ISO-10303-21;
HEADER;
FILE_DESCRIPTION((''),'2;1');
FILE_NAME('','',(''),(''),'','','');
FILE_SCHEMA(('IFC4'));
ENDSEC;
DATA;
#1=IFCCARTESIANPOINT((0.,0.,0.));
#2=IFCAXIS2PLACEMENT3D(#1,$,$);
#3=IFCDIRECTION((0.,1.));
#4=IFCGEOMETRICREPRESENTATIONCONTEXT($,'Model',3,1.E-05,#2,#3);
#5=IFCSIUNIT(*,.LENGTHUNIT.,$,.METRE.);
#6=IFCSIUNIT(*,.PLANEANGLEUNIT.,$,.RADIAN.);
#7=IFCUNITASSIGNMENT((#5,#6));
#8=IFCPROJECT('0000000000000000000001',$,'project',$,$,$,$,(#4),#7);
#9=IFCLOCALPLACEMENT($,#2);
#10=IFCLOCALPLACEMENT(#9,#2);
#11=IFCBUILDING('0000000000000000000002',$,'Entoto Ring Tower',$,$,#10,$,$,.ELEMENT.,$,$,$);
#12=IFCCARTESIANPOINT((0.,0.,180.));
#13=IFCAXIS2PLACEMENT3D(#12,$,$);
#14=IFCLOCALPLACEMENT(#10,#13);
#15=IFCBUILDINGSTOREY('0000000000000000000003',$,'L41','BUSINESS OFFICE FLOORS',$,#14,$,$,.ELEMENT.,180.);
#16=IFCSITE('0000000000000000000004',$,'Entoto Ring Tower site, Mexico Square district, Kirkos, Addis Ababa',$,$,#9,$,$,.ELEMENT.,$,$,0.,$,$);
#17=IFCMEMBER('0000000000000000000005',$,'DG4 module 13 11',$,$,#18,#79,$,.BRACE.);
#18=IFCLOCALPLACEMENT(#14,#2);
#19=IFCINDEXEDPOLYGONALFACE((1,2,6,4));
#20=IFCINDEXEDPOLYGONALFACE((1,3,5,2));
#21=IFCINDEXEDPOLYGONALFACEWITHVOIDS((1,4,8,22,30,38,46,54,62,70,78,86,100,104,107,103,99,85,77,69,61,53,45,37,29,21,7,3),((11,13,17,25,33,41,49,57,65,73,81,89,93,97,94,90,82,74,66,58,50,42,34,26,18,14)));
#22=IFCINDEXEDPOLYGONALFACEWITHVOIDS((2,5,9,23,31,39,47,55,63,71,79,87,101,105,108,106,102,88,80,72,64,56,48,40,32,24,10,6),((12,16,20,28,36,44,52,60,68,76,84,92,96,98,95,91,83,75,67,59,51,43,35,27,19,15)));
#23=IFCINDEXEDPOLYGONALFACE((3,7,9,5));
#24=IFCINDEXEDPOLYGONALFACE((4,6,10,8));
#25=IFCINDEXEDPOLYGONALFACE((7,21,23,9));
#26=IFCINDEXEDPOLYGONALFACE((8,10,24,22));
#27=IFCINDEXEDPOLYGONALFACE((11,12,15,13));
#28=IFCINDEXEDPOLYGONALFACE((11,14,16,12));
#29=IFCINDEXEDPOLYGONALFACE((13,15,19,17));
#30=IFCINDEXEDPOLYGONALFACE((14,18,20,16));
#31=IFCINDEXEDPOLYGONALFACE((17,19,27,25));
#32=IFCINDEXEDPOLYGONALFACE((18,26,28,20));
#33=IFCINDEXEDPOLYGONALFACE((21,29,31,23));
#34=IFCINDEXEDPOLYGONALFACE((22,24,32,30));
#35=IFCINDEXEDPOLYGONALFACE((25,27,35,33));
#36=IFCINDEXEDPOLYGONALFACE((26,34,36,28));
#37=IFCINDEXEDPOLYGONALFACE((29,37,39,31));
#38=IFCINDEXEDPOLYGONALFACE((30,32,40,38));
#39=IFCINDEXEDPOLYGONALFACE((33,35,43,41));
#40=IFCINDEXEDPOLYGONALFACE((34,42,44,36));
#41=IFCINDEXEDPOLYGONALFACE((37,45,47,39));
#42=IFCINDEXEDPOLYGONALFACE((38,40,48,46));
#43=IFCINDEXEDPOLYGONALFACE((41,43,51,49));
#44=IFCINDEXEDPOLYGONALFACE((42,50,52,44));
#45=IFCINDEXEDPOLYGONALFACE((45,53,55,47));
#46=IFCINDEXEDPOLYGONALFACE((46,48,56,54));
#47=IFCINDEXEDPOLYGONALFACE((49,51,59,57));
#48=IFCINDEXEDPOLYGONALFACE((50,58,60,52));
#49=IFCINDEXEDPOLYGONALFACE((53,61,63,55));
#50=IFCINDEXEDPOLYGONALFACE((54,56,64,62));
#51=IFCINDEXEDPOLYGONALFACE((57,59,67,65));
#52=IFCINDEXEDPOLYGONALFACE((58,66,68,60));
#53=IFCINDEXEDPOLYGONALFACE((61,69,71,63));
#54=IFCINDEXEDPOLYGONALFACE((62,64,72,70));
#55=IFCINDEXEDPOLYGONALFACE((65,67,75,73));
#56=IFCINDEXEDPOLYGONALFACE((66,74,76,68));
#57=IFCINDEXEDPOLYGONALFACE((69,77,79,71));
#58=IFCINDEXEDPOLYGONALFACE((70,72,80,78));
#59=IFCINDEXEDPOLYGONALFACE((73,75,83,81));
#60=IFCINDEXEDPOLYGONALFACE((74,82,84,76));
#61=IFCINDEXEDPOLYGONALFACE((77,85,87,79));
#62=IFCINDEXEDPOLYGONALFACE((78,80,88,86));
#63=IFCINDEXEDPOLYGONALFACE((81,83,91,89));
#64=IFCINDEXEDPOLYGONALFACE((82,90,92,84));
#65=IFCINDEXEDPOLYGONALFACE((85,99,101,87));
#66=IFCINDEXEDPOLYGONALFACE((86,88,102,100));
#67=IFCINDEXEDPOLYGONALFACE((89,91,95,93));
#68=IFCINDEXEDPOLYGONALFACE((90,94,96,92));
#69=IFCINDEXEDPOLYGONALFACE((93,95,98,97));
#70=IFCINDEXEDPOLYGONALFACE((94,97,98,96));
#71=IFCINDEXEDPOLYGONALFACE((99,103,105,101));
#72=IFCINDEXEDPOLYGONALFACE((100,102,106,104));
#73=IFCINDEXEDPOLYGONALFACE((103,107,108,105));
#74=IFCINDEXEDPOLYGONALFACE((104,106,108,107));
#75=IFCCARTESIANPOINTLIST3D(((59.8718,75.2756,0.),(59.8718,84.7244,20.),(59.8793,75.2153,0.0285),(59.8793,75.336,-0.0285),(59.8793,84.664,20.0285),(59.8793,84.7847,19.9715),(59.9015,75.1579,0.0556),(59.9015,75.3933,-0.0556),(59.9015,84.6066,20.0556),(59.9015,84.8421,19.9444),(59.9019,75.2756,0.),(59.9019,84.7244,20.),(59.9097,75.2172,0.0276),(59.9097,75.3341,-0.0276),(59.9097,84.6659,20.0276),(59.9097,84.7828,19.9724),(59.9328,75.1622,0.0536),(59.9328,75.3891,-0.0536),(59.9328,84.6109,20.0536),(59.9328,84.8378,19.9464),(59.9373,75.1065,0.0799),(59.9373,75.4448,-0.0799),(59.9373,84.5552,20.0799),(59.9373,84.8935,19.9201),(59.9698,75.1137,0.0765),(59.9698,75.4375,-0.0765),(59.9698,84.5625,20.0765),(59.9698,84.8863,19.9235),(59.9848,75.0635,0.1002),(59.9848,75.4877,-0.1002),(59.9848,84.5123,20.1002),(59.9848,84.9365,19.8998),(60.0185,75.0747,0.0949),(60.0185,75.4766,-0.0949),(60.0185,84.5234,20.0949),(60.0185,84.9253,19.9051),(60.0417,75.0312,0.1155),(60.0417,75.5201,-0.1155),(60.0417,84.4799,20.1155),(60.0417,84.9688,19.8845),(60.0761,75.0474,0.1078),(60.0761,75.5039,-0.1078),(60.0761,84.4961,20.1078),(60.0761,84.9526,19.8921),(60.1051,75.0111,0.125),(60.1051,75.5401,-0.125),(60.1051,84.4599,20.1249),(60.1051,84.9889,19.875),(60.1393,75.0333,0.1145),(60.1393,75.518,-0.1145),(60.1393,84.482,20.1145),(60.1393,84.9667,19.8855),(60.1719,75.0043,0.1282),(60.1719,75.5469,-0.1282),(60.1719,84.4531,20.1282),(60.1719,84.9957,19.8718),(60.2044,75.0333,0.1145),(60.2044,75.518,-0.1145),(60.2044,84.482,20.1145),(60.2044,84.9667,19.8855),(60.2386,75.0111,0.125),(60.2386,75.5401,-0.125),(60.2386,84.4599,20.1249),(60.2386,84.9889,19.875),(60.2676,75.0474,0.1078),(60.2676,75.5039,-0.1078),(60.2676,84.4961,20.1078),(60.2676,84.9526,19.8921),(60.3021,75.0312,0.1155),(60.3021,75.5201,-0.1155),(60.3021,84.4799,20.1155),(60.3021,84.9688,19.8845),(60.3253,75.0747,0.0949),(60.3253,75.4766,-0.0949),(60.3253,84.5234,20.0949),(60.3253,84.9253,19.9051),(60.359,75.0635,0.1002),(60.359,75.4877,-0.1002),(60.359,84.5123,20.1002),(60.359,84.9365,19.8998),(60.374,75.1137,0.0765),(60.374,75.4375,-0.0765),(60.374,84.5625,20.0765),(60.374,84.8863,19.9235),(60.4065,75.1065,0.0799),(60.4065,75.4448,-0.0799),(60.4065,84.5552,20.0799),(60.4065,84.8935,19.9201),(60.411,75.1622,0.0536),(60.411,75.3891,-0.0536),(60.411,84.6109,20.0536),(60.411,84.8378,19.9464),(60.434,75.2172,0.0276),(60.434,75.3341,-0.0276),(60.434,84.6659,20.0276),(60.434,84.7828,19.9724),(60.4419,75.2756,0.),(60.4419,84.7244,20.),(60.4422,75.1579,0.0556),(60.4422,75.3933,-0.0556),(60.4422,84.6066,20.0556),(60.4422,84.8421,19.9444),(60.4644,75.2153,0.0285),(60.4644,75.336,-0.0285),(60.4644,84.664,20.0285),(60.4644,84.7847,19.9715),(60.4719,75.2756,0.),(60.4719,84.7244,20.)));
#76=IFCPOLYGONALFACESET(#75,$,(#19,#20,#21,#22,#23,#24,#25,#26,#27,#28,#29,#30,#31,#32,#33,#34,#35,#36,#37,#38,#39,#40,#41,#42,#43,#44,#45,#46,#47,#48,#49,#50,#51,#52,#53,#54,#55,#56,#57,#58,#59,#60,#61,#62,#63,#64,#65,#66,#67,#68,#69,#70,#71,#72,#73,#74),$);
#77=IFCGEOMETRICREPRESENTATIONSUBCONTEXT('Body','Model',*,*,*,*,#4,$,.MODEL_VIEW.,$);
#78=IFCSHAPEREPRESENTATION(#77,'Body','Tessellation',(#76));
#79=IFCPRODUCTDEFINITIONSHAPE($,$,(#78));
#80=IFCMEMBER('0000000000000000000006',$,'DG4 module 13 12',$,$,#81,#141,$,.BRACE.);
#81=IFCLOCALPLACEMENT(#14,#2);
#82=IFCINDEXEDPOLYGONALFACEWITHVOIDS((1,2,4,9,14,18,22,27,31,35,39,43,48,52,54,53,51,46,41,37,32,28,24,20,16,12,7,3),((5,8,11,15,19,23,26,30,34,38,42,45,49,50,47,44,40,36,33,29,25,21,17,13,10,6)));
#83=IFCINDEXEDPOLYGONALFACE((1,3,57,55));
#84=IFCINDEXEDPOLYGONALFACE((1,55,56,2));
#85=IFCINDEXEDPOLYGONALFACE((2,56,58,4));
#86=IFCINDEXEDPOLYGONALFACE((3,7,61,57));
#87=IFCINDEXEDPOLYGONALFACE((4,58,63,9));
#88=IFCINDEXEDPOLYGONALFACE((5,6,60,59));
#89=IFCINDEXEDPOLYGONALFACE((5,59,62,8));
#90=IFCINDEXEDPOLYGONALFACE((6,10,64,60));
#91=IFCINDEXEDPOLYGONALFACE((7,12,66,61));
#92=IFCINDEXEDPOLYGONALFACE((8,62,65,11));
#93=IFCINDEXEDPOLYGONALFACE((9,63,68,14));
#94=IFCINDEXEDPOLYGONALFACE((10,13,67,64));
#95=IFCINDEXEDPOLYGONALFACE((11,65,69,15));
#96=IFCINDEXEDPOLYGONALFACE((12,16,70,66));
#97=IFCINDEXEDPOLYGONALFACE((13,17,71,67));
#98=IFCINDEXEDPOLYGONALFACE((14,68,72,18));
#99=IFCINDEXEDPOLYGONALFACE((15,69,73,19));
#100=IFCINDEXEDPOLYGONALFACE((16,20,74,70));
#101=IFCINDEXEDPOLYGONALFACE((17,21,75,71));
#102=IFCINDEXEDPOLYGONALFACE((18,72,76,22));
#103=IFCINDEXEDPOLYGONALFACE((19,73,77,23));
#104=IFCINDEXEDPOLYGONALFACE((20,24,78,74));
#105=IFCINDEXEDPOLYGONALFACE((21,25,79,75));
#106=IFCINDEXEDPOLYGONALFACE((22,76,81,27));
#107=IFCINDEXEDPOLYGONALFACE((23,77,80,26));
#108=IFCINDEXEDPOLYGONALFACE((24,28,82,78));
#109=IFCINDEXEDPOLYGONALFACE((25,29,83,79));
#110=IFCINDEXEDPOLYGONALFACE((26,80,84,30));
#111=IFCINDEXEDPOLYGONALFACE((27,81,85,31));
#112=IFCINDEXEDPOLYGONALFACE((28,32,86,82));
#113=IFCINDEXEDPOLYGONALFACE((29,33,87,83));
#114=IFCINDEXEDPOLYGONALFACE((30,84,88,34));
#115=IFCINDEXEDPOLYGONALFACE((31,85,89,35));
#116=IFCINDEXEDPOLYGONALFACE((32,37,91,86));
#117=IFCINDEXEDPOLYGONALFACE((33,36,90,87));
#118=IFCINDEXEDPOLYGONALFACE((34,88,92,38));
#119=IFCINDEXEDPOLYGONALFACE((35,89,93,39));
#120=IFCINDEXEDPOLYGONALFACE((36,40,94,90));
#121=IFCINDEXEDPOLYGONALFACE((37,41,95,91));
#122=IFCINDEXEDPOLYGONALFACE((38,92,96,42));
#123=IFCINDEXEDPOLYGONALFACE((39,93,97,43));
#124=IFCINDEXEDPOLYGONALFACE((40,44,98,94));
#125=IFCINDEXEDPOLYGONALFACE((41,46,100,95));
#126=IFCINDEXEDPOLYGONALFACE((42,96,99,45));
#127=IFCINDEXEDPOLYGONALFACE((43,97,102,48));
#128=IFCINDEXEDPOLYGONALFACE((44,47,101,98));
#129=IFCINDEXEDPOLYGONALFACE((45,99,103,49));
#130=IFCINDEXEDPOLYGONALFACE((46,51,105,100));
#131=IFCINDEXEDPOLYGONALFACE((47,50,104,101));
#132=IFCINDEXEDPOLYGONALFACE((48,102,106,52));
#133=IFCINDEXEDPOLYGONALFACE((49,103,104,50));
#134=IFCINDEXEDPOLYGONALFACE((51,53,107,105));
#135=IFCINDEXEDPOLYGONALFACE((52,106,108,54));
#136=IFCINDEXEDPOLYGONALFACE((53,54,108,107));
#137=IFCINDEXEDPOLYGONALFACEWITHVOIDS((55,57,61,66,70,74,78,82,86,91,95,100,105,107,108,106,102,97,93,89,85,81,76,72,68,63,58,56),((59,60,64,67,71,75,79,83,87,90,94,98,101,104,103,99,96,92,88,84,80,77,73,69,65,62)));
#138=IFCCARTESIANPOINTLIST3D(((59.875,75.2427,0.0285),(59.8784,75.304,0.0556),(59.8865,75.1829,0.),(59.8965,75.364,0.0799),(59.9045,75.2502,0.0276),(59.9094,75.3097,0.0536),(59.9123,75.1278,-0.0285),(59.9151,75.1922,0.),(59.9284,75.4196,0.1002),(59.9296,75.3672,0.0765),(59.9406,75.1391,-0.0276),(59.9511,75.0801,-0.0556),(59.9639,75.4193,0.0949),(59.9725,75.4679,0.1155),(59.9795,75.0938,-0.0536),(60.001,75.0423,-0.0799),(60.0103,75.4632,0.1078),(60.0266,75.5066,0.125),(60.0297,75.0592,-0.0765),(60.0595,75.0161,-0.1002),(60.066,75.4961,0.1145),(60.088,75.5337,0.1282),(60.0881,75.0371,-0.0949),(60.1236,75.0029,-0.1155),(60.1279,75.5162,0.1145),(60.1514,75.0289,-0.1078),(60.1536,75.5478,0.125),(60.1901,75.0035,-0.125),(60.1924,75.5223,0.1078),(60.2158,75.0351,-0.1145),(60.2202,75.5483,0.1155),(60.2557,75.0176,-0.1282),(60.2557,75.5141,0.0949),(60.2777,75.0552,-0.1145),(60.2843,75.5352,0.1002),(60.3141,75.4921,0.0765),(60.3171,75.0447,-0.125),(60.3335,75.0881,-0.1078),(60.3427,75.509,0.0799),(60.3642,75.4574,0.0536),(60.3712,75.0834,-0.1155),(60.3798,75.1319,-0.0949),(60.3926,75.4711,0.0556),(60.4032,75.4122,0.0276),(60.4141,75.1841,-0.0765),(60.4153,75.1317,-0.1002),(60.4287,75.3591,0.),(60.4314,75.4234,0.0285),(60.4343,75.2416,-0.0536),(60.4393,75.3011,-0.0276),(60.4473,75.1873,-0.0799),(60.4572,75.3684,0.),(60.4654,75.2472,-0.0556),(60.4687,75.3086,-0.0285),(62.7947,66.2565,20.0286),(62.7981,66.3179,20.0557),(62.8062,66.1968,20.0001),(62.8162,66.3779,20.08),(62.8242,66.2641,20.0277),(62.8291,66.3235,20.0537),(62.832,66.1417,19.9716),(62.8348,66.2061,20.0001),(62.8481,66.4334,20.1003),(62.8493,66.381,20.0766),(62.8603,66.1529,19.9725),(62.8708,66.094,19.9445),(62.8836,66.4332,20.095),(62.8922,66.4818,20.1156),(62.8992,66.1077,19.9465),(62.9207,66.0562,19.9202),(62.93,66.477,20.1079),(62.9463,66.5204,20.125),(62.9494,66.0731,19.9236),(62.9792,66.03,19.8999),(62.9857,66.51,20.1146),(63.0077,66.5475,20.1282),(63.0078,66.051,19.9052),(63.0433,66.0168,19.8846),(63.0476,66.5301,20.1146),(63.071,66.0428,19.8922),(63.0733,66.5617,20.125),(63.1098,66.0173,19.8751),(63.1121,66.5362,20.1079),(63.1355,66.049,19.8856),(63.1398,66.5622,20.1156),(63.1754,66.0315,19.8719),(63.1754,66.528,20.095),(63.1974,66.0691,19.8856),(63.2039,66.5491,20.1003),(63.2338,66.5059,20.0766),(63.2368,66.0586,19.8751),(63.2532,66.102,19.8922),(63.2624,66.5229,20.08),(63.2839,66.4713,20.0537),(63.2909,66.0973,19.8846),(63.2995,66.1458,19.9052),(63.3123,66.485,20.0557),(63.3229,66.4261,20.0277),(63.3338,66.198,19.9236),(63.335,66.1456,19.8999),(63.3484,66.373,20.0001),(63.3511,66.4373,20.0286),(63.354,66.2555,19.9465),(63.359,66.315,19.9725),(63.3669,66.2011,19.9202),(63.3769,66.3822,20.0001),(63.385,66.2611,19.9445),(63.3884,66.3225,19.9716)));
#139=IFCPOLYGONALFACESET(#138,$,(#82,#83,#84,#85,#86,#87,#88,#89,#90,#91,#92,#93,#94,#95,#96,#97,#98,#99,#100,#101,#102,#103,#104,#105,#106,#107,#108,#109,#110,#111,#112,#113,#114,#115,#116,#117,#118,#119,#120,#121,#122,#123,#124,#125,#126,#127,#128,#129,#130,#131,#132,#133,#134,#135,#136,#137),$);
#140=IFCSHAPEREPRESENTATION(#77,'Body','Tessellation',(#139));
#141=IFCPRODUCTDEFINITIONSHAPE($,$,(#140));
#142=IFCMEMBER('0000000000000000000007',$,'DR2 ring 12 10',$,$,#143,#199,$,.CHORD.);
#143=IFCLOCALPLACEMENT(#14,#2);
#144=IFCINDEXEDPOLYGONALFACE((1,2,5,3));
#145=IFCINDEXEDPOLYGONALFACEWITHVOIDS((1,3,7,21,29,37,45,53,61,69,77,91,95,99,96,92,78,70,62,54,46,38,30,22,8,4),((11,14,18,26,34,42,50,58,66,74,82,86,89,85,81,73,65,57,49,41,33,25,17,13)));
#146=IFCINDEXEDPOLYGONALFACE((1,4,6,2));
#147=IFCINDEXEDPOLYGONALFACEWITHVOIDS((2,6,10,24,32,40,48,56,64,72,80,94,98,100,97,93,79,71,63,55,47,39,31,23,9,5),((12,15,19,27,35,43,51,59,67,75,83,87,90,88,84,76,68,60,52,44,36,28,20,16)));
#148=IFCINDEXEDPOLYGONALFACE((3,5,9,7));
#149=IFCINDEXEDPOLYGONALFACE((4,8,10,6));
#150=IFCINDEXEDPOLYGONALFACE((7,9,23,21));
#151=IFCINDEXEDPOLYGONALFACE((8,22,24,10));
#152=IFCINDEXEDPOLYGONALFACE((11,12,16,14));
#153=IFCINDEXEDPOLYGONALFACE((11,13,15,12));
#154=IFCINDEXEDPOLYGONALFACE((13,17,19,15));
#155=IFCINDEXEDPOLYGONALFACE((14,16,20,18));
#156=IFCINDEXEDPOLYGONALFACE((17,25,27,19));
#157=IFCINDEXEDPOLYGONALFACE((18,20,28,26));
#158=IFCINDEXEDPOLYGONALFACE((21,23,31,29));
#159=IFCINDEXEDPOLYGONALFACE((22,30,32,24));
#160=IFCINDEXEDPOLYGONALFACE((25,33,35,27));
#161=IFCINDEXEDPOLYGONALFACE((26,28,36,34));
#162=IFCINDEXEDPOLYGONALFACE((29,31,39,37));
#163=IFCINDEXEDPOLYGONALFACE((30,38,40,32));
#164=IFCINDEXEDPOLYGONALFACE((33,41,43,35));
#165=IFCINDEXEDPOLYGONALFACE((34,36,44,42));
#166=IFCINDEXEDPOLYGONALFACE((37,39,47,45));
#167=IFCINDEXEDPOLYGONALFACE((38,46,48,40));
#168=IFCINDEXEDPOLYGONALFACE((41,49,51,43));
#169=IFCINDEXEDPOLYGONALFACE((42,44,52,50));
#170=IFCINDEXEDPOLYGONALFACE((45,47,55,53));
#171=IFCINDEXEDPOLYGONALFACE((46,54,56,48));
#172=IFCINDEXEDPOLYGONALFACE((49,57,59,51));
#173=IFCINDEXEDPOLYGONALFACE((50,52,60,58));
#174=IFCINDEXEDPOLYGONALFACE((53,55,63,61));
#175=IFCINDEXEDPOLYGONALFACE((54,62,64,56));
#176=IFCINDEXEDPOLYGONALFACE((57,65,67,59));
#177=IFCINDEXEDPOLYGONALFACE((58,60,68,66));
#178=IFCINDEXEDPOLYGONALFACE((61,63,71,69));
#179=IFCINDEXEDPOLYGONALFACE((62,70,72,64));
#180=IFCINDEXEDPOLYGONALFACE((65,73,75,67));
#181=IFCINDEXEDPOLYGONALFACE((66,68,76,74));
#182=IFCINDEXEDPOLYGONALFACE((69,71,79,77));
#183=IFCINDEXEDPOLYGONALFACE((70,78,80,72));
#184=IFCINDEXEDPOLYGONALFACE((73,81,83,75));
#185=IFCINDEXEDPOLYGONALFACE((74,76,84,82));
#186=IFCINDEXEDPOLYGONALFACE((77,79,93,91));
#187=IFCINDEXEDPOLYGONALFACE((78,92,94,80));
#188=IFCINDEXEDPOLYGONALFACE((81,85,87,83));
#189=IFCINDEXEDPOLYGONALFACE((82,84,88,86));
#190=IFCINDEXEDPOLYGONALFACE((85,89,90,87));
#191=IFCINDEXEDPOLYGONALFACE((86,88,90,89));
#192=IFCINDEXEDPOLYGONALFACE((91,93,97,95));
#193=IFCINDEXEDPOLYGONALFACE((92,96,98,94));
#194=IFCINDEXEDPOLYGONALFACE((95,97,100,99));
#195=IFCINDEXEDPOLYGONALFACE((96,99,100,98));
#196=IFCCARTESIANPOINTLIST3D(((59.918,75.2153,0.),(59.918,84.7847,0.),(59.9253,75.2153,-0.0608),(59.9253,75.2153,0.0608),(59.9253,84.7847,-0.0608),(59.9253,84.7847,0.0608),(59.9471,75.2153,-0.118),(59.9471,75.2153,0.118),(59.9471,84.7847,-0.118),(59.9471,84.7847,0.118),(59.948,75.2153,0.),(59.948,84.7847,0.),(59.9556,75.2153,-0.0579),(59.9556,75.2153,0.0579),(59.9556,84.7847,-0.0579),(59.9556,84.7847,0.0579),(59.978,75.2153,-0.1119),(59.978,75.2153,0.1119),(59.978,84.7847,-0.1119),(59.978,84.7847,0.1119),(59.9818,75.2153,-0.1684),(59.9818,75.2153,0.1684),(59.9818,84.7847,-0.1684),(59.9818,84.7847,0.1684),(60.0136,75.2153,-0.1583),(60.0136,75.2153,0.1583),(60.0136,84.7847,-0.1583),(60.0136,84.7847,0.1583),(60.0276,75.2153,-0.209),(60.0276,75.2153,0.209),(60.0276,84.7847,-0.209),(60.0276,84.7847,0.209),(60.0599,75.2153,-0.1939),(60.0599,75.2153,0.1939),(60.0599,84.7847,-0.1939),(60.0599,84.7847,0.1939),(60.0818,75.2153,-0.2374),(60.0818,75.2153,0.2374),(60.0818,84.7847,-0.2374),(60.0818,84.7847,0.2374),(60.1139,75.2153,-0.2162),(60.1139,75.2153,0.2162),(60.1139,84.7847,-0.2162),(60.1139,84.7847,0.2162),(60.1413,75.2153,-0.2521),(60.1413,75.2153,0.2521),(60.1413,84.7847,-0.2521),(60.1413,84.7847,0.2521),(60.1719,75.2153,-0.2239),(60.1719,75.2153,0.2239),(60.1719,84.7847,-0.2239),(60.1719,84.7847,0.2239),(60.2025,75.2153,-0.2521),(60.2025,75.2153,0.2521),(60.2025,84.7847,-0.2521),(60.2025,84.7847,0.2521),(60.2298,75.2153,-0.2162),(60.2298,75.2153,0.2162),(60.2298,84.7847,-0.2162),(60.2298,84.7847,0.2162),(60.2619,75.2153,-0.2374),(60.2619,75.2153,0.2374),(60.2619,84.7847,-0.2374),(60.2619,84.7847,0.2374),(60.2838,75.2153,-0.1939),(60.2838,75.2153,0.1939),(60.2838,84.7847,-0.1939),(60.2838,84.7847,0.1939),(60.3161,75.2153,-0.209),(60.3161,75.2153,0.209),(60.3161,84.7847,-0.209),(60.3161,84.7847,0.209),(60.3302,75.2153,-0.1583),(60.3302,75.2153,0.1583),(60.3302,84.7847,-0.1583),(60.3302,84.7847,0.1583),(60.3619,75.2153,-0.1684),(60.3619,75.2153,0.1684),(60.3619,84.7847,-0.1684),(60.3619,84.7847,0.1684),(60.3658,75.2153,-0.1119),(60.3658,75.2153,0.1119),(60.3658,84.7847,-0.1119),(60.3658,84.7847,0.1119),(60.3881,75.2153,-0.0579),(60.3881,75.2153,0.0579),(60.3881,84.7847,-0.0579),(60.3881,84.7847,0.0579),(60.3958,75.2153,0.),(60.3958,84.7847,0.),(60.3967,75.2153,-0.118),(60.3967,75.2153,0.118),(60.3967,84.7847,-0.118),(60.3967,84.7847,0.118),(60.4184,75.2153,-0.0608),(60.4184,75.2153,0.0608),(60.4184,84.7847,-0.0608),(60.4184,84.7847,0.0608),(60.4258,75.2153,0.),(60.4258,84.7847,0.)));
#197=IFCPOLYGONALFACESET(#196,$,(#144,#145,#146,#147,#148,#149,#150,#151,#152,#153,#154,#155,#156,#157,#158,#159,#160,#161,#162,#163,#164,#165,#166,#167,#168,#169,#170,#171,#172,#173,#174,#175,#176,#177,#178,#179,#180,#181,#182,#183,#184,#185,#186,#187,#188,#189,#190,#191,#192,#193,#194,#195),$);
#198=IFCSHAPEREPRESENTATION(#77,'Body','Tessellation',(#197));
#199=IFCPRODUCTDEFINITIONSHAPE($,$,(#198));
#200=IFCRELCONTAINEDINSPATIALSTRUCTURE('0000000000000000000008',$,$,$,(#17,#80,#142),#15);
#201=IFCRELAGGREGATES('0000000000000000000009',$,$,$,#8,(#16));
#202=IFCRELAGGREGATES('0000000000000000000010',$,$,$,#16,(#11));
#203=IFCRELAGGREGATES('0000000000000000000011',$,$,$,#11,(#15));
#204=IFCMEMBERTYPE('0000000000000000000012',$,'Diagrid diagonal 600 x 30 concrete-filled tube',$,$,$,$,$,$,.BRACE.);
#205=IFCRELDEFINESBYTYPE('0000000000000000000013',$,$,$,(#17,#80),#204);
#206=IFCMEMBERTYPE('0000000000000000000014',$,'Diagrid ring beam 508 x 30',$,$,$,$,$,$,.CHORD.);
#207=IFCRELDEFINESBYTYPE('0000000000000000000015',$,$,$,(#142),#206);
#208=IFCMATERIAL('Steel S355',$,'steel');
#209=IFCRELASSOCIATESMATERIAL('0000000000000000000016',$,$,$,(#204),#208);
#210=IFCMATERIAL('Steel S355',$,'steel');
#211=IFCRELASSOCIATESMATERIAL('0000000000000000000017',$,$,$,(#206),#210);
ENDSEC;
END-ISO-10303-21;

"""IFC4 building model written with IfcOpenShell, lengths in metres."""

from ifc_helpers import new_model, si_unit, direction, frame, origin, origin_2d, place, context, subcontext, project, spatial, circle, hollow_circle, extrude, material, material_profile, profile_set, type_object, element, save


model = new_model("IFC4")

# Units and contexts
model_context = context("Model", 3, precision=1e-05, world=origin(), true_north=direction((0.0, 1.0)))
body_context = subcontext(model_context, "Body", "Model", "MODEL_VIEW")
ifc_project = project(units=[si_unit("LENGTHUNIT", "METRE"), si_unit("PLANEANGLEUNIT", "RADIAN")], contexts=[model_context])

# Site, building, storey
site_placement = place(None, origin())
site = spatial("IfcSite", under=ifc_project, at=site_placement, Name="Entoto Ring Tower site, Mexico Square district, Kirkos, Addis Ababa", CompositionType="ELEMENT", RefElevation=0.0)
building_placement = place(site_placement, origin())
building = spatial("IfcBuilding", under=site, at=building_placement, Name="Entoto Ring Tower", CompositionType="ELEMENT")
storey_placement = place(building_placement, frame((0.0, 0.0, 180.0)))
storey = spatial("IfcBuildingStorey", under=building, at=storey_placement, Name="L41", Description="BUSINESS OFFICE FLOORS", CompositionType="ELEMENT", Elevation=180.0)

# Members
ifc_material_1 = material(Name="Steel S355", Category="steel")
ifc_material_profile_1 = material_profile(ifc_material_1, hollow_circle(Radius=0.3, WallThickness=0.03, at=origin_2d()), Name="CHS 600 x 30")
ifc_material_2 = material(Name="Concrete C60/75", Category="concrete")
ifc_material_profile_2 = material_profile(ifc_material_2, circle(Radius=0.27, at=origin_2d()), Name="Concrete C60/75 infill")
ifc_profile_set_1 = profile_set([ifc_material_profile_1, ifc_material_profile_2], Name="Steel S355")
member_type_1 = type_object("IfcMemberType", Name="Diagrid diagonal 600 x 30 concrete-filled tube", PredefinedType="BRACE", material=ifc_profile_set_1)
for number, where, z_axis, x_axis, name in (
    (1, (60.1719, 75.2756, 0.0), (0.0, 0.427165, 0.904174), (-1.0, 0.0, 0.0), "DG4 module 13 11"),
    (2, (60.1719, 75.2756, 0.0), (0.131995, -0.406251, 0.904178), (0.951059, 0.30901, 0.0), "DG4 module 13 12"),
):
    element("IfcMember", number, at=place(storey_placement, frame(where, z_axis=z_axis, x_axis=x_axis)), inside=storey, type_object=member_type_1, Name=name, PredefinedType="BRACE", context=body_context, shape_type="SweptSolid", body=[
        extrude(hollow_circle(Radius=0.3, WallThickness=0.03, at=origin_2d()), origin(), (0.0, 0.0, 1.0), 22.1196),
    ])
ifc_material_3 = material(Name="Steel S355", Category="steel")
ifc_material_profile_3 = material_profile(ifc_material_3, hollow_circle(Radius=0.2539, WallThickness=0.03, at=origin_2d()), Name="CHS 508 x 30")
ifc_material_4 = material(Name="Concrete C60/75", Category="concrete")
ifc_material_profile_4 = material_profile(ifc_material_4, circle(Radius=0.2241, at=origin_2d()), Name="Concrete C60/75 infill")
ifc_profile_set_2 = profile_set([ifc_material_profile_3, ifc_material_profile_4], Name="Steel S355")
member_type_2 = type_object("IfcMemberType", Name="Diagrid ring beam 508 x 30", PredefinedType="CHORD", material=ifc_profile_set_2)
member_1_placement = place(storey_placement, frame((60.1719, 84.7847, 0.0), z_axis=(0.0, -1.0, 0.0), x_axis=(1.0, 0.0, 0.0)))
element("IfcMember", 3, at=member_1_placement, inside=storey, type_object=member_type_2, Name="DR2 ring 12 10", PredefinedType="CHORD", context=body_context, shape_type="SweptSolid", body=[
    extrude(hollow_circle(Radius=0.2539, WallThickness=0.03, at=origin_2d()), origin(), (0.0, 0.0, 1.0), 9.5693),
])

save(model, "model.ifc")
